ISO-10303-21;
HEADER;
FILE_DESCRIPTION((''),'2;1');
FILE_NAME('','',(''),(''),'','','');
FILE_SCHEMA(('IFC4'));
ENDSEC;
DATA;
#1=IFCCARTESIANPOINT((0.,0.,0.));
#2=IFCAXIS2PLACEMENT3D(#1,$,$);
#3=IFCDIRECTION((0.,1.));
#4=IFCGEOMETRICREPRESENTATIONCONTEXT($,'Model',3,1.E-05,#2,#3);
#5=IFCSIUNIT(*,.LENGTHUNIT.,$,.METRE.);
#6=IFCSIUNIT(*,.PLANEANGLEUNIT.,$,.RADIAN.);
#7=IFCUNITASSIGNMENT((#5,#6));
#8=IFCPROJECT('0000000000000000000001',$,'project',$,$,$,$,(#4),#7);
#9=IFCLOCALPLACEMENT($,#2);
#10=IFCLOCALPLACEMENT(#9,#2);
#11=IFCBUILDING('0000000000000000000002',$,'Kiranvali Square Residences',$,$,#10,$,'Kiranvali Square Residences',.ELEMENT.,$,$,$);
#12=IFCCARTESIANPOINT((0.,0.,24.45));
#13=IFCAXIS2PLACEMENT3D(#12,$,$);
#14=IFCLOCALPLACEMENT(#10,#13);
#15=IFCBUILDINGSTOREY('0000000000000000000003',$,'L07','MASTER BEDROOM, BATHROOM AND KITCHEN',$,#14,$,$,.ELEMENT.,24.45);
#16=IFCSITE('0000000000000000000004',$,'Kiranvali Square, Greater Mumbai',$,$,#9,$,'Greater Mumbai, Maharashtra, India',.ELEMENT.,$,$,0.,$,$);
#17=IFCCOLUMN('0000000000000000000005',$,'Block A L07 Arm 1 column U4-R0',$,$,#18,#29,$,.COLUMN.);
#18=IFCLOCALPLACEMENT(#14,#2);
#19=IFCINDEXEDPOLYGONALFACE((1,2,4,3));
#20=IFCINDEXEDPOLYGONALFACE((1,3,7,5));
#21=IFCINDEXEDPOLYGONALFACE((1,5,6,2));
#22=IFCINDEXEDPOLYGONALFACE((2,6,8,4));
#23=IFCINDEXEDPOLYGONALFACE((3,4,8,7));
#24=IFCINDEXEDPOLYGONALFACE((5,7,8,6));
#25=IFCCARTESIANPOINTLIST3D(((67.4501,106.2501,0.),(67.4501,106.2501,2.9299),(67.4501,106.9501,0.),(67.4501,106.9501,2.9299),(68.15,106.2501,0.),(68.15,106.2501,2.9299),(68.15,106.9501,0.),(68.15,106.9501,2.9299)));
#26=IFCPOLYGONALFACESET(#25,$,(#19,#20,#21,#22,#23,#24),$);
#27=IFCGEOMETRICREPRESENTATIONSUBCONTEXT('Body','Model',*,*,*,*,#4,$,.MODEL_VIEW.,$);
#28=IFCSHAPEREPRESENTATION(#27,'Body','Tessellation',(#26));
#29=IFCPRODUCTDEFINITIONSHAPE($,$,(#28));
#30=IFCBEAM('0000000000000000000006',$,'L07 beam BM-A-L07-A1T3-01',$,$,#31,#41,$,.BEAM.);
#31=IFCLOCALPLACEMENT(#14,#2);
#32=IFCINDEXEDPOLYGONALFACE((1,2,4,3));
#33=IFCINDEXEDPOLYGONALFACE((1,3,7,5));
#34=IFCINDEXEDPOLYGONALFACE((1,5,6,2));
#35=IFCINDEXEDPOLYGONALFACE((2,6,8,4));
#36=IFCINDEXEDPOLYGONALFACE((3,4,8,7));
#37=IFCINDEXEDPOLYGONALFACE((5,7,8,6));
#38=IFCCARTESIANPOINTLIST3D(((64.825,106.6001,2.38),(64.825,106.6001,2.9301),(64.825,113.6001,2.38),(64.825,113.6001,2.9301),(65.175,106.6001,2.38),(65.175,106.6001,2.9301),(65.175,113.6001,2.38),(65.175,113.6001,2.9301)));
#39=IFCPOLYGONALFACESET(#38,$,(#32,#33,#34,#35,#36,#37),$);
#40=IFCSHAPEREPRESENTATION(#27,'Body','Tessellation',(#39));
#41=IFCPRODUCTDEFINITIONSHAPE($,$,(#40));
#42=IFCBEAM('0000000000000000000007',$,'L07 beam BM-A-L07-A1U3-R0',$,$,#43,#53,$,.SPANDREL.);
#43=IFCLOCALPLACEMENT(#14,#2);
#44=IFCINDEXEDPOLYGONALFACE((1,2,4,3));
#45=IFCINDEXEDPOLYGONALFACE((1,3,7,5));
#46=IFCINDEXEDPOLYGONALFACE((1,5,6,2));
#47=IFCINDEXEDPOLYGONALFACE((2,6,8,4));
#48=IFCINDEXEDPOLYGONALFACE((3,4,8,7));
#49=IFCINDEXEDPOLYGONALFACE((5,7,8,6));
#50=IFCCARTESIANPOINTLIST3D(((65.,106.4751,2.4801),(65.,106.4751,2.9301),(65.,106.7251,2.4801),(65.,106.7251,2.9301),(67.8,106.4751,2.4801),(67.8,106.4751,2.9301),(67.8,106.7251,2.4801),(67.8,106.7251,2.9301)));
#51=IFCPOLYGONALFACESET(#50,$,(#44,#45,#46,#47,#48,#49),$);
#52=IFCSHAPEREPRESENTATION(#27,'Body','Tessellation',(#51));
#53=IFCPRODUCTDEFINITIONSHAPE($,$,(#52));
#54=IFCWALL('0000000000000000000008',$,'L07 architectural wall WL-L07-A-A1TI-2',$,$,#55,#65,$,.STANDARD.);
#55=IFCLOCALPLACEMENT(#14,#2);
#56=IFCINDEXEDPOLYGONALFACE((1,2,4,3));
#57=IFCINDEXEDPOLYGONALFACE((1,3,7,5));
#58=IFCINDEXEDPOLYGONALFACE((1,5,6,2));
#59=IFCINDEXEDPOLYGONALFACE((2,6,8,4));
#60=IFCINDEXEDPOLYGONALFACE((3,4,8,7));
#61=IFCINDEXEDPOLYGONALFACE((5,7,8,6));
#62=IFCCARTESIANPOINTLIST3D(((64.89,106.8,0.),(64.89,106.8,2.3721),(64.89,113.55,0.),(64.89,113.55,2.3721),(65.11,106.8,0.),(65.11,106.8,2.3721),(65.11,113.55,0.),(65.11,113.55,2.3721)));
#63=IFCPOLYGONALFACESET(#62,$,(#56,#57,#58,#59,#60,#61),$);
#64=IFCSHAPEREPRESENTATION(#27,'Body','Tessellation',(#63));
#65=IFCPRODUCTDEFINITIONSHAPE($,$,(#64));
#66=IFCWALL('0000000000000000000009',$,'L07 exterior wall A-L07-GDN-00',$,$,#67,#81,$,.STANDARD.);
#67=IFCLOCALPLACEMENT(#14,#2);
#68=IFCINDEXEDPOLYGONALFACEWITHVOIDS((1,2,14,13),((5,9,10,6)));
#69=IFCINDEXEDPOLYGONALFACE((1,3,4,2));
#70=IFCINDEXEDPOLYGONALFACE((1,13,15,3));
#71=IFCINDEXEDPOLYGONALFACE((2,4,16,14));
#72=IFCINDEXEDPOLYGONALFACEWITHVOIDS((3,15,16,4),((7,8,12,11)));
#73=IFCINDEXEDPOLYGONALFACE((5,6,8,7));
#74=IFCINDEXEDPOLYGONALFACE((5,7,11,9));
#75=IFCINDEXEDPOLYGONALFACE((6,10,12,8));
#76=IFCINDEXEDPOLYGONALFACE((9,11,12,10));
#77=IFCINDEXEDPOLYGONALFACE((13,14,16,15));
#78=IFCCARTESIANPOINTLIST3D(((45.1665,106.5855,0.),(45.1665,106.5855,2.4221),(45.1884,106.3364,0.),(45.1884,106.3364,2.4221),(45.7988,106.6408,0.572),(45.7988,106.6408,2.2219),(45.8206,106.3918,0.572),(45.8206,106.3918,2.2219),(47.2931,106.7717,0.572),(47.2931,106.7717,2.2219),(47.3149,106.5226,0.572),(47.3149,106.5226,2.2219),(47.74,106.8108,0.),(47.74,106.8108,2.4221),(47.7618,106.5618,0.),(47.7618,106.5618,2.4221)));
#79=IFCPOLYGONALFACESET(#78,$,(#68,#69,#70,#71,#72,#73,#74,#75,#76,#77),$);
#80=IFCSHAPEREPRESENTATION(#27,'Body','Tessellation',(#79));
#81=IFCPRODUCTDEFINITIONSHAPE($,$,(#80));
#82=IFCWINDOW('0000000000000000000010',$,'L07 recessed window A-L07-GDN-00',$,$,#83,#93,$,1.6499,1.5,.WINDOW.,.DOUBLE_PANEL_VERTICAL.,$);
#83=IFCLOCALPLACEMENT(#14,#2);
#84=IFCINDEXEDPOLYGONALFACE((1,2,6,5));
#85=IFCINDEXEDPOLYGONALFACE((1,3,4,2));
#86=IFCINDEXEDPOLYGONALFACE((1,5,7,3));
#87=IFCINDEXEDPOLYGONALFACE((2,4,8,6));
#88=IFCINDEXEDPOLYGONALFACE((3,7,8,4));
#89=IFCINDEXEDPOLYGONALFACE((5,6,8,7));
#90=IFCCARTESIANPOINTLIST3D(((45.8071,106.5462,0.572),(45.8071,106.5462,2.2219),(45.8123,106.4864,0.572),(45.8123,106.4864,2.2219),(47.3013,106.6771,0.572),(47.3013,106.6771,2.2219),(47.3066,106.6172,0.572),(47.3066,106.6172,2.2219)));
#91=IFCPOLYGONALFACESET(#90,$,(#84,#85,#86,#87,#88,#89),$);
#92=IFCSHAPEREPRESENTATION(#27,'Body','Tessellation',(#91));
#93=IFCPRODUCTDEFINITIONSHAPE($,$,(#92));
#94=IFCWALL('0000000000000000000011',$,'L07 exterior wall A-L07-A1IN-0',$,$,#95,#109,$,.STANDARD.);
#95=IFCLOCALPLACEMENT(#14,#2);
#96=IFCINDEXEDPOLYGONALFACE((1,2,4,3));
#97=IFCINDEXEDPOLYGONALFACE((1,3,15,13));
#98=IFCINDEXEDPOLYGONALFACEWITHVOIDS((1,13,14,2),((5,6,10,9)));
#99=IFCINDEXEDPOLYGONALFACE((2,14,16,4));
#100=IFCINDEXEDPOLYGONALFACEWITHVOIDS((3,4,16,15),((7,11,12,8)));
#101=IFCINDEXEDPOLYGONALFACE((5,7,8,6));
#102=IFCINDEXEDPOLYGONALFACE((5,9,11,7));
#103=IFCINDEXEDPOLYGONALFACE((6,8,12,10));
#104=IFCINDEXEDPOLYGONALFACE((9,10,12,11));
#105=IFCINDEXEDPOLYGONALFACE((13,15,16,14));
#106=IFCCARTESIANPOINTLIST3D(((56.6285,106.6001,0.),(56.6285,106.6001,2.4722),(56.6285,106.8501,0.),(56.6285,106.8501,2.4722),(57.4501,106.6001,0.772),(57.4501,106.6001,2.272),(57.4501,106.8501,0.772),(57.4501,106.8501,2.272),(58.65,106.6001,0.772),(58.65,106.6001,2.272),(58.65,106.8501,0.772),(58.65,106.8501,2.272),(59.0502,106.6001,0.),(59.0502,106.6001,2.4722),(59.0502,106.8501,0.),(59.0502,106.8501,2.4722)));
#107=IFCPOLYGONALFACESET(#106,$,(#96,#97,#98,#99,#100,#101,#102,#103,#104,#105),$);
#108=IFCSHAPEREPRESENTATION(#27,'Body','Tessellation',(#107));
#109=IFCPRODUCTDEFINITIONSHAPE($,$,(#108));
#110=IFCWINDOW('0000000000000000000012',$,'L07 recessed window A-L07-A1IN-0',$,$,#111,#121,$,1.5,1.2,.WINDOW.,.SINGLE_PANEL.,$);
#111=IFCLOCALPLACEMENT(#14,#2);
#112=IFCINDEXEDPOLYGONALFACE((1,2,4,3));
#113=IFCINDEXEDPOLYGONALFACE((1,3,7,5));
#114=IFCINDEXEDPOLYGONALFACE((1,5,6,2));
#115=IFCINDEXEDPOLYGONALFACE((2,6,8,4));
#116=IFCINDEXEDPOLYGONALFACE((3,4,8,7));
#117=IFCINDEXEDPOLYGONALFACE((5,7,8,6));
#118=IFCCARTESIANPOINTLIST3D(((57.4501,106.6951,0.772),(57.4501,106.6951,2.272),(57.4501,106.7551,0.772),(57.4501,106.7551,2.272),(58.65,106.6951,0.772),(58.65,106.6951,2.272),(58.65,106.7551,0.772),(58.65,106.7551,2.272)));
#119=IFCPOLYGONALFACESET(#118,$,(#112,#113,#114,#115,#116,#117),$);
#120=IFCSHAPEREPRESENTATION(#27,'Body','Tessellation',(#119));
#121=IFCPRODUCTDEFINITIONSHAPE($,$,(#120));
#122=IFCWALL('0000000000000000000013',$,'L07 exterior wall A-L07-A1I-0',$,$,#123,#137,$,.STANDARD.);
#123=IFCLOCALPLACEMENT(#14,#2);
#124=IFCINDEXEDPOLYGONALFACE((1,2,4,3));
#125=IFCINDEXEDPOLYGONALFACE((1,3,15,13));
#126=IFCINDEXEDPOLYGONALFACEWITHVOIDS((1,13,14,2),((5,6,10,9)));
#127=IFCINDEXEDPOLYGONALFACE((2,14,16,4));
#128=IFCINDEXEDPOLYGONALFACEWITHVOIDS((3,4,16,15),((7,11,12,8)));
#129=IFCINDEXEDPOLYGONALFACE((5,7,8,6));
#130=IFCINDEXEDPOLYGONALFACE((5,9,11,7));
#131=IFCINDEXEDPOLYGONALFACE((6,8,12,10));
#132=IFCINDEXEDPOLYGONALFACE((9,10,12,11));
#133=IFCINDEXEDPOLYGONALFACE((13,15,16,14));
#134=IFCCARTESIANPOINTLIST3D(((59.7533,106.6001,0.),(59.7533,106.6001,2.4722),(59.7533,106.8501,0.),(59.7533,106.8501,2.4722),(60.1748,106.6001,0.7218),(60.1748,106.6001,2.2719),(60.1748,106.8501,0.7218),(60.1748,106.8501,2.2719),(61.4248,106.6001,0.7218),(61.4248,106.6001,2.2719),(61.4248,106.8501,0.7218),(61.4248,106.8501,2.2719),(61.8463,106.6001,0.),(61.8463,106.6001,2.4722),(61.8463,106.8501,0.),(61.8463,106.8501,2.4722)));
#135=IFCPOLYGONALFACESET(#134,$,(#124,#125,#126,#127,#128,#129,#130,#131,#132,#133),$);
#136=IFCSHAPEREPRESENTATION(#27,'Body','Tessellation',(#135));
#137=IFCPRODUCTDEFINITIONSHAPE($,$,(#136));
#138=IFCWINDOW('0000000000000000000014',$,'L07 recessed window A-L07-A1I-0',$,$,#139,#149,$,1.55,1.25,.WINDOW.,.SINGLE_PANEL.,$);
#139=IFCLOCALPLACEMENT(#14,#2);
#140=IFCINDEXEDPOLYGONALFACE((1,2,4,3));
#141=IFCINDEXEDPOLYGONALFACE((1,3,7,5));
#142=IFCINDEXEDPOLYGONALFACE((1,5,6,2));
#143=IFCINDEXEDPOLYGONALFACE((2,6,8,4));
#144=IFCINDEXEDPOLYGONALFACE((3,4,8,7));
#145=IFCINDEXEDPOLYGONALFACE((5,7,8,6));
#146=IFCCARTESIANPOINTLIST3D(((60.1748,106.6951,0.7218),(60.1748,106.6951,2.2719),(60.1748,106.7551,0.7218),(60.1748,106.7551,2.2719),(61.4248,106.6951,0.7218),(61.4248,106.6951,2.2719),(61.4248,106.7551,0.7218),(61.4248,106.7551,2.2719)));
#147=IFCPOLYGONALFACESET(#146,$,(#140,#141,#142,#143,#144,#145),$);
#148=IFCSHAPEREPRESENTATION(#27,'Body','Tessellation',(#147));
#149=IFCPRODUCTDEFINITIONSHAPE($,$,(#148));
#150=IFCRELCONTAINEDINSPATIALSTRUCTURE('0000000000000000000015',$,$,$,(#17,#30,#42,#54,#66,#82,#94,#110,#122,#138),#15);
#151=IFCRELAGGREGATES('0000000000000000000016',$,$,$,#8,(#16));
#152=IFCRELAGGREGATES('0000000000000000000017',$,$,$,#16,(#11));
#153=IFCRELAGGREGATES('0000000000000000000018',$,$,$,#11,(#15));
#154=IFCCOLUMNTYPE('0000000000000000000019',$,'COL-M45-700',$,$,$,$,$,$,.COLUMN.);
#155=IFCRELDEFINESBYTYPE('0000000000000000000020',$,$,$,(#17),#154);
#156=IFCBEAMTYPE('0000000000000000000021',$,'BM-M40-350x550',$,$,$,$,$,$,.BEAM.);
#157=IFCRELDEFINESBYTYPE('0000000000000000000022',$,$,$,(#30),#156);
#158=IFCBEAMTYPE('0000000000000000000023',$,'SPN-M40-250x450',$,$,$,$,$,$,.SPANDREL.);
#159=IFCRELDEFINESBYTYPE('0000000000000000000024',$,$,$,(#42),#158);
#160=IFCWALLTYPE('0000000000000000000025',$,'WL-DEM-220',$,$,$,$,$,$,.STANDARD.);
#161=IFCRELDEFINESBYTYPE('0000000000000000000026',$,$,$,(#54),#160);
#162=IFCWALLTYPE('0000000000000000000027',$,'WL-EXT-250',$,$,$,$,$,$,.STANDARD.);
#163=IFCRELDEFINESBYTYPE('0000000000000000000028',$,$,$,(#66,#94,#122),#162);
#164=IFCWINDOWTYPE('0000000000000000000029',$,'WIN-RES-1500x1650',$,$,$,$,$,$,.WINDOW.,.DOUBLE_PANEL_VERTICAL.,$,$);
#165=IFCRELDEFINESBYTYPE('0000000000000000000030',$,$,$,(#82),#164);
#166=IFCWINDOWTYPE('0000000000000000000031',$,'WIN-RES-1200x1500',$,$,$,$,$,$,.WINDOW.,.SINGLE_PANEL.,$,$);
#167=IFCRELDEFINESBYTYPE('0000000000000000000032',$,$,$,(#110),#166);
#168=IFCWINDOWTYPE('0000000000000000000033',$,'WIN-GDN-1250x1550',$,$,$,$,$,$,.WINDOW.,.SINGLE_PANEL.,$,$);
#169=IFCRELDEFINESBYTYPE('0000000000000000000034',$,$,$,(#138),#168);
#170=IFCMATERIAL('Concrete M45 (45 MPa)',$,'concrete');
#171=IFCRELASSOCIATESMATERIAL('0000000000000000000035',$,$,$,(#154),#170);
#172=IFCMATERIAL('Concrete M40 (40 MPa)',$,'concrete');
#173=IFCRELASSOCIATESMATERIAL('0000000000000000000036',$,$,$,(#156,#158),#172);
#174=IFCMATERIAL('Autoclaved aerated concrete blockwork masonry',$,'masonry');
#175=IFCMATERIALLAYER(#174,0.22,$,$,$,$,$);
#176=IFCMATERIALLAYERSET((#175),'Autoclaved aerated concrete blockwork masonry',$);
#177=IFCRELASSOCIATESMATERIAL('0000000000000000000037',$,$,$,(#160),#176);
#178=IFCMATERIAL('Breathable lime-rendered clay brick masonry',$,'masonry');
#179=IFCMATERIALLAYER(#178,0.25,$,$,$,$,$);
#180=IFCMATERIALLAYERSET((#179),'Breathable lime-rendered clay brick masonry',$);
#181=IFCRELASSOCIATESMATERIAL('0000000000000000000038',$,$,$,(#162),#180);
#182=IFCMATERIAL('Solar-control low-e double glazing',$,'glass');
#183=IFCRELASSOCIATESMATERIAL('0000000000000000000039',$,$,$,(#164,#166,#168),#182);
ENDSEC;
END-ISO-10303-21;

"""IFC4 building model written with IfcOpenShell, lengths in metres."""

from ifc_helpers import new_model, si_unit, direction, frame, frame_2d, origin, origin_2d, place, context, subcontext, project, spatial, rectangle, extrude, material, layer, layer_set, material_profile, profile_set, type_object, element, fill, save


model = new_model("IFC4")

# Units and contexts
model_context = context("Model", 3, precision=1e-05, world=origin(), true_north=direction((0.0, 1.0)))
body_context = subcontext(model_context, "Body", "Model", "MODEL_VIEW")
ifc_project = project(units=[si_unit("LENGTHUNIT", "METRE"), si_unit("PLANEANGLEUNIT", "RADIAN")], contexts=[model_context])

# Site, building, storey
site_placement = place(None, origin())
site = spatial("IfcSite", under=ifc_project, at=site_placement, Name="Kiranvali Square, Greater Mumbai", LongName="Greater Mumbai, Maharashtra, India", CompositionType="ELEMENT", RefElevation=0.0)
building_placement = place(site_placement, origin())
building = spatial("IfcBuilding", under=site, at=building_placement, Name="Kiranvali Square Residences", LongName="Kiranvali Square Residences", CompositionType="ELEMENT")
storey_placement = place(building_placement, frame((0.0, 0.0, 24.45)))
storey = spatial("IfcBuildingStorey", under=building, at=storey_placement, Name="L07", Description="MASTER BEDROOM, BATHROOM AND KITCHEN", CompositionType="ELEMENT", Elevation=24.45)

# Column
ifc_material_1 = material(Name="Concrete M45 (45 MPa)", Category="concrete")
ifc_material_profile_1 = material_profile(ifc_material_1, rectangle(XDim=0.7, YDim=0.7, at=origin_2d()), Name="RC 700x700")
ifc_profile_set_1 = profile_set([ifc_material_profile_1], Name="Concrete M45 (45 MPa)")
column_type = type_object("IfcColumnType", Name="COL-M45-700", PredefinedType="COLUMN", material=ifc_profile_set_1)
column_placement = place(storey_placement, frame((67.8, 106.6001, 0.0), z_axis=(0.0, 0.0, 1.0), x_axis=(1.0, 0.0, 0.0)))
element("IfcColumn", 1, at=column_placement, inside=storey, type_object=column_type, Name="Block A L07 Arm 1 column U4-R0", PredefinedType="COLUMN", context=body_context, shape_type="SweptSolid", body=[
    extrude(rectangle(XDim=0.7, YDim=0.7, at=origin_2d()), origin(), (0.0, 0.0, 1.0), 2.9299),
])

# Beams
ifc_material_2 = material(Name="Concrete M40 (40 MPa)", Category="concrete")
ifc_material_profile_2 = material_profile(ifc_material_2, rectangle(XDim=0.3501, YDim=0.55, at=origin_2d()), Name="RC 350x550")
ifc_profile_set_2 = profile_set([ifc_material_profile_2], Name="Concrete M40 (40 MPa)")
beam_type_1 = type_object("IfcBeamType", Name="BM-M40-350x550", PredefinedType="BEAM", material=ifc_profile_set_2)
beam_1_placement = place(storey_placement, frame((65.0, 106.6001, 2.655), z_axis=(0.0, 1.0, 0.0), x_axis=(-1.0, 0.0, 0.0)))
element("IfcBeam", 2, at=beam_1_placement, inside=storey, type_object=beam_type_1, Name="L07 beam BM-A-L07-A1T3-01", PredefinedType="BEAM", context=body_context, shape_type="SweptSolid", body=[
    extrude(rectangle(XDim=0.3501, YDim=0.55, at=origin_2d()), origin(), (0.0, 0.0, 1.0), 7.0),
])
ifc_material_profile_3 = material_profile(ifc_material_2, rectangle(XDim=0.25, YDim=0.45, at=origin_2d()), Name="RC 250x450")
ifc_profile_set_3 = profile_set([ifc_material_profile_3], Name="Concrete M40 (40 MPa)")
beam_type_2 = type_object("IfcBeamType", Name="SPN-M40-250x450", PredefinedType="SPANDREL", material=ifc_profile_set_3)
beam_2_placement = place(storey_placement, frame((65.0, 106.6001, 2.7051), z_axis=(1.0, 0.0, 0.0), x_axis=(0.0, 1.0, 0.0)))
element("IfcBeam", 3, at=beam_2_placement, inside=storey, type_object=beam_type_2, Name="L07 beam BM-A-L07-A1U3-R0", PredefinedType="SPANDREL", context=body_context, shape_type="SweptSolid", body=[
    extrude(rectangle(XDim=0.25, YDim=0.45, at=origin_2d()), origin(), (0.0, 0.0, 1.0), 2.8),
])

# Wall
ifc_material_3 = material(Name="Autoclaved aerated concrete blockwork masonry", Category="masonry")
ifc_layer_1 = layer(ifc_material_3, 0.22)
ifc_layer_set_1 = layer_set([ifc_layer_1], Name="Autoclaved aerated concrete blockwork masonry")
wall_type_1 = type_object("IfcWallType", Name="WL-DEM-220", PredefinedType="STANDARD", material=ifc_layer_set_1)
wall_1_placement = place(storey_placement, frame((65.0, 106.8, 0.0), z_axis=(0.0, 0.0, 1.0), x_axis=(0.0, 1.0, 0.0)))
element("IfcWall", 4, at=wall_1_placement, inside=storey, type_object=wall_type_1, Name="L07 architectural wall WL-L07-A-A1TI-2", PredefinedType="STANDARD", context=body_context, shape_type="SweptSolid", body=[
    extrude(rectangle(XDim=6.75, YDim=0.22, at=frame_2d((3.375, 0.0))), origin(), (0.0, 0.0, 1.0), 2.3721),
])

# Walls, openings, windows
ifc_material_4 = material(Name="Breathable lime-rendered clay brick masonry", Category="masonry")
ifc_layer_2 = layer(ifc_material_4, 0.25)
ifc_layer_set_2 = layer_set([ifc_layer_2], Name="Breathable lime-rendered clay brick masonry")
wall_type_2 = type_object("IfcWallType", Name="WL-EXT-250", PredefinedType="STANDARD", material=ifc_layer_set_2)
wall_2_placement = place(storey_placement, frame((47.7507, 106.6863, 0.0), z_axis=(0.0, 0.0, 1.0), x_axis=(-0.996188, -0.087229, 0.0)))
wall_2 = element("IfcWall", 5, at=wall_2_placement, inside=storey, type_object=wall_type_2, Name="L07 exterior wall A-L07-GDN-00", PredefinedType="STANDARD", context=body_context, shape_type="SweptSolid", body=[
    extrude(rectangle(XDim=2.5833, YDim=0.25, at=frame_2d((1.2915, 0.0))), origin(), (0.0, 0.0, 1.0), 2.4221),
])
opening_1_placement = place(wall_2_placement, frame((0.4485, 0.0, 0.572)))
opening_1 = element("IfcOpeningElement", 6, at=opening_1_placement, cuts=wall_2, PredefinedType="OPENING", context=body_context, shape_type="SweptSolid", body=[
    extrude(rectangle(XDim=1.5, YDim=1.6499, at=frame_2d((0.75, 0.825))), frame((0.0, 0.135, 0.0), z_axis=(0.0, -1.0, 0.0), x_axis=(1.0, 0.0, 0.0)), (0.0, 0.0, 1.0), 0.27),
])
ifc_material_5 = material(Name="Solar-control low-e double glazing", Category="glass")
window_type_1 = type_object("IfcWindowType", Name="WIN-RES-1500x1650", PartitioningType="DOUBLE_PANEL_VERTICAL", PredefinedType="WINDOW", material=ifc_material_5)
window_1_placement = place(opening_1_placement, origin())
window_1 = element("IfcWindow", 7, at=window_1_placement, inside=storey, type_object=window_type_1, Name="L07 recessed window A-L07-GDN-00", OverallHeight=1.6499, OverallWidth=1.5, PartitioningType="DOUBLE_PANEL_VERTICAL", PredefinedType="WINDOW", context=body_context, shape_type="SweptSolid", body=[
    extrude(rectangle(XDim=1.5, YDim=1.6499, at=frame_2d((0.75, 0.825))), frame((0.0, 0.03, 0.0), z_axis=(0.0, -1.0, 0.0), x_axis=(1.0, 0.0, 0.0)), (0.0, 0.0, 1.0), 0.0601),
])
fill(opening_1, window_1)
wall_3_placement = place(storey_placement, frame((56.6284, 106.7251, 0.0), z_axis=(0.0, 0.0, 1.0), x_axis=(1.0, 0.0, 0.0)))
wall_3 = element("IfcWall", 8, at=wall_3_placement, inside=storey, type_object=wall_type_2, Name="L07 exterior wall A-L07-A1IN-0", PredefinedType="STANDARD", context=body_context, shape_type="SweptSolid", body=[
    extrude(rectangle(XDim=2.4216, YDim=0.25, at=frame_2d((1.2109, 0.0))), origin(), (0.0, 0.0, 1.0), 2.4722),
])
opening_2_placement = place(wall_3_placement, frame((0.8215, 0.0, 0.772)))
opening_2 = element("IfcOpeningElement", 9, at=opening_2_placement, cuts=wall_3, PredefinedType="OPENING", context=body_context, shape_type="SweptSolid", body=[
    extrude(rectangle(XDim=1.2, YDim=1.5, at=frame_2d((0.6001, 0.75))), frame((0.0, 0.135, 0.0), z_axis=(0.0, -1.0, 0.0), x_axis=(1.0, 0.0, 0.0)), (0.0, 0.0, 1.0), 0.27),
])
window_type_2 = type_object("IfcWindowType", Name="WIN-RES-1200x1500", PartitioningType="SINGLE_PANEL", PredefinedType="WINDOW", material=ifc_material_5)
window_2_placement = place(opening_2_placement, origin())
window_2 = element("IfcWindow", 10, at=window_2_placement, inside=storey, type_object=window_type_2, Name="L07 recessed window A-L07-A1IN-0", OverallHeight=1.5, OverallWidth=1.2, PartitioningType="SINGLE_PANEL", PredefinedType="WINDOW", context=body_context, shape_type="SweptSolid", body=[
    extrude(rectangle(XDim=1.2, YDim=1.5, at=frame_2d((0.6001, 0.75))), frame((0.0, 0.03, 0.0), z_axis=(0.0, -1.0, 0.0), x_axis=(1.0, 0.0, 0.0)), (0.0, 0.0, 1.0), 0.0601),
])
fill(opening_2, window_2)
wall_4_placement = place(storey_placement, frame((59.7534, 106.7251, 0.0), z_axis=(0.0, 0.0, 1.0), x_axis=(1.0, 0.0, 0.0)))
wall_4 = element("IfcWall", 11, at=wall_4_placement, inside=storey, type_object=wall_type_2, Name="L07 exterior wall A-L07-A1I-0", PredefinedType="STANDARD", context=body_context, shape_type="SweptSolid", body=[
    extrude(rectangle(XDim=2.093, YDim=0.25, at=frame_2d((1.0464, 0.0))), origin(), (0.0, 0.0, 1.0), 2.4722),
])
opening_3_placement = place(wall_4_placement, frame((0.4214, 0.0, 0.7219)))
opening_3 = element("IfcOpeningElement", 12, at=opening_3_placement, cuts=wall_4, PredefinedType="OPENING", context=body_context, shape_type="SweptSolid", body=[
    extrude(rectangle(XDim=1.25, YDim=1.55, at=frame_2d((0.625, 0.7749))), frame((0.0, 0.135, 0.0), z_axis=(0.0, -1.0, 0.0), x_axis=(1.0, 0.0, 0.0)), (0.0, 0.0, 1.0), 0.27),
])
window_type_3 = type_object("IfcWindowType", Name="WIN-GDN-1250x1550", PartitioningType="SINGLE_PANEL", PredefinedType="WINDOW", material=ifc_material_5)
window_3_placement = place(opening_3_placement, origin())
window_3 = element("IfcWindow", 13, at=window_3_placement, inside=storey, type_object=window_type_3, Name="L07 recessed window A-L07-A1I-0", OverallHeight=1.55, OverallWidth=1.25, PartitioningType="SINGLE_PANEL", PredefinedType="WINDOW", context=body_context, shape_type="SweptSolid", body=[
    extrude(rectangle(XDim=1.25, YDim=1.55, at=frame_2d((0.625, 0.7749))), frame((0.0, 0.03, 0.0), z_axis=(0.0, -1.0, 0.0), x_axis=(1.0, 0.0, 0.0)), (0.0, 0.0, 1.0), 0.0601),
])
fill(opening_3, window_3)

save(model, "model.ifc")
